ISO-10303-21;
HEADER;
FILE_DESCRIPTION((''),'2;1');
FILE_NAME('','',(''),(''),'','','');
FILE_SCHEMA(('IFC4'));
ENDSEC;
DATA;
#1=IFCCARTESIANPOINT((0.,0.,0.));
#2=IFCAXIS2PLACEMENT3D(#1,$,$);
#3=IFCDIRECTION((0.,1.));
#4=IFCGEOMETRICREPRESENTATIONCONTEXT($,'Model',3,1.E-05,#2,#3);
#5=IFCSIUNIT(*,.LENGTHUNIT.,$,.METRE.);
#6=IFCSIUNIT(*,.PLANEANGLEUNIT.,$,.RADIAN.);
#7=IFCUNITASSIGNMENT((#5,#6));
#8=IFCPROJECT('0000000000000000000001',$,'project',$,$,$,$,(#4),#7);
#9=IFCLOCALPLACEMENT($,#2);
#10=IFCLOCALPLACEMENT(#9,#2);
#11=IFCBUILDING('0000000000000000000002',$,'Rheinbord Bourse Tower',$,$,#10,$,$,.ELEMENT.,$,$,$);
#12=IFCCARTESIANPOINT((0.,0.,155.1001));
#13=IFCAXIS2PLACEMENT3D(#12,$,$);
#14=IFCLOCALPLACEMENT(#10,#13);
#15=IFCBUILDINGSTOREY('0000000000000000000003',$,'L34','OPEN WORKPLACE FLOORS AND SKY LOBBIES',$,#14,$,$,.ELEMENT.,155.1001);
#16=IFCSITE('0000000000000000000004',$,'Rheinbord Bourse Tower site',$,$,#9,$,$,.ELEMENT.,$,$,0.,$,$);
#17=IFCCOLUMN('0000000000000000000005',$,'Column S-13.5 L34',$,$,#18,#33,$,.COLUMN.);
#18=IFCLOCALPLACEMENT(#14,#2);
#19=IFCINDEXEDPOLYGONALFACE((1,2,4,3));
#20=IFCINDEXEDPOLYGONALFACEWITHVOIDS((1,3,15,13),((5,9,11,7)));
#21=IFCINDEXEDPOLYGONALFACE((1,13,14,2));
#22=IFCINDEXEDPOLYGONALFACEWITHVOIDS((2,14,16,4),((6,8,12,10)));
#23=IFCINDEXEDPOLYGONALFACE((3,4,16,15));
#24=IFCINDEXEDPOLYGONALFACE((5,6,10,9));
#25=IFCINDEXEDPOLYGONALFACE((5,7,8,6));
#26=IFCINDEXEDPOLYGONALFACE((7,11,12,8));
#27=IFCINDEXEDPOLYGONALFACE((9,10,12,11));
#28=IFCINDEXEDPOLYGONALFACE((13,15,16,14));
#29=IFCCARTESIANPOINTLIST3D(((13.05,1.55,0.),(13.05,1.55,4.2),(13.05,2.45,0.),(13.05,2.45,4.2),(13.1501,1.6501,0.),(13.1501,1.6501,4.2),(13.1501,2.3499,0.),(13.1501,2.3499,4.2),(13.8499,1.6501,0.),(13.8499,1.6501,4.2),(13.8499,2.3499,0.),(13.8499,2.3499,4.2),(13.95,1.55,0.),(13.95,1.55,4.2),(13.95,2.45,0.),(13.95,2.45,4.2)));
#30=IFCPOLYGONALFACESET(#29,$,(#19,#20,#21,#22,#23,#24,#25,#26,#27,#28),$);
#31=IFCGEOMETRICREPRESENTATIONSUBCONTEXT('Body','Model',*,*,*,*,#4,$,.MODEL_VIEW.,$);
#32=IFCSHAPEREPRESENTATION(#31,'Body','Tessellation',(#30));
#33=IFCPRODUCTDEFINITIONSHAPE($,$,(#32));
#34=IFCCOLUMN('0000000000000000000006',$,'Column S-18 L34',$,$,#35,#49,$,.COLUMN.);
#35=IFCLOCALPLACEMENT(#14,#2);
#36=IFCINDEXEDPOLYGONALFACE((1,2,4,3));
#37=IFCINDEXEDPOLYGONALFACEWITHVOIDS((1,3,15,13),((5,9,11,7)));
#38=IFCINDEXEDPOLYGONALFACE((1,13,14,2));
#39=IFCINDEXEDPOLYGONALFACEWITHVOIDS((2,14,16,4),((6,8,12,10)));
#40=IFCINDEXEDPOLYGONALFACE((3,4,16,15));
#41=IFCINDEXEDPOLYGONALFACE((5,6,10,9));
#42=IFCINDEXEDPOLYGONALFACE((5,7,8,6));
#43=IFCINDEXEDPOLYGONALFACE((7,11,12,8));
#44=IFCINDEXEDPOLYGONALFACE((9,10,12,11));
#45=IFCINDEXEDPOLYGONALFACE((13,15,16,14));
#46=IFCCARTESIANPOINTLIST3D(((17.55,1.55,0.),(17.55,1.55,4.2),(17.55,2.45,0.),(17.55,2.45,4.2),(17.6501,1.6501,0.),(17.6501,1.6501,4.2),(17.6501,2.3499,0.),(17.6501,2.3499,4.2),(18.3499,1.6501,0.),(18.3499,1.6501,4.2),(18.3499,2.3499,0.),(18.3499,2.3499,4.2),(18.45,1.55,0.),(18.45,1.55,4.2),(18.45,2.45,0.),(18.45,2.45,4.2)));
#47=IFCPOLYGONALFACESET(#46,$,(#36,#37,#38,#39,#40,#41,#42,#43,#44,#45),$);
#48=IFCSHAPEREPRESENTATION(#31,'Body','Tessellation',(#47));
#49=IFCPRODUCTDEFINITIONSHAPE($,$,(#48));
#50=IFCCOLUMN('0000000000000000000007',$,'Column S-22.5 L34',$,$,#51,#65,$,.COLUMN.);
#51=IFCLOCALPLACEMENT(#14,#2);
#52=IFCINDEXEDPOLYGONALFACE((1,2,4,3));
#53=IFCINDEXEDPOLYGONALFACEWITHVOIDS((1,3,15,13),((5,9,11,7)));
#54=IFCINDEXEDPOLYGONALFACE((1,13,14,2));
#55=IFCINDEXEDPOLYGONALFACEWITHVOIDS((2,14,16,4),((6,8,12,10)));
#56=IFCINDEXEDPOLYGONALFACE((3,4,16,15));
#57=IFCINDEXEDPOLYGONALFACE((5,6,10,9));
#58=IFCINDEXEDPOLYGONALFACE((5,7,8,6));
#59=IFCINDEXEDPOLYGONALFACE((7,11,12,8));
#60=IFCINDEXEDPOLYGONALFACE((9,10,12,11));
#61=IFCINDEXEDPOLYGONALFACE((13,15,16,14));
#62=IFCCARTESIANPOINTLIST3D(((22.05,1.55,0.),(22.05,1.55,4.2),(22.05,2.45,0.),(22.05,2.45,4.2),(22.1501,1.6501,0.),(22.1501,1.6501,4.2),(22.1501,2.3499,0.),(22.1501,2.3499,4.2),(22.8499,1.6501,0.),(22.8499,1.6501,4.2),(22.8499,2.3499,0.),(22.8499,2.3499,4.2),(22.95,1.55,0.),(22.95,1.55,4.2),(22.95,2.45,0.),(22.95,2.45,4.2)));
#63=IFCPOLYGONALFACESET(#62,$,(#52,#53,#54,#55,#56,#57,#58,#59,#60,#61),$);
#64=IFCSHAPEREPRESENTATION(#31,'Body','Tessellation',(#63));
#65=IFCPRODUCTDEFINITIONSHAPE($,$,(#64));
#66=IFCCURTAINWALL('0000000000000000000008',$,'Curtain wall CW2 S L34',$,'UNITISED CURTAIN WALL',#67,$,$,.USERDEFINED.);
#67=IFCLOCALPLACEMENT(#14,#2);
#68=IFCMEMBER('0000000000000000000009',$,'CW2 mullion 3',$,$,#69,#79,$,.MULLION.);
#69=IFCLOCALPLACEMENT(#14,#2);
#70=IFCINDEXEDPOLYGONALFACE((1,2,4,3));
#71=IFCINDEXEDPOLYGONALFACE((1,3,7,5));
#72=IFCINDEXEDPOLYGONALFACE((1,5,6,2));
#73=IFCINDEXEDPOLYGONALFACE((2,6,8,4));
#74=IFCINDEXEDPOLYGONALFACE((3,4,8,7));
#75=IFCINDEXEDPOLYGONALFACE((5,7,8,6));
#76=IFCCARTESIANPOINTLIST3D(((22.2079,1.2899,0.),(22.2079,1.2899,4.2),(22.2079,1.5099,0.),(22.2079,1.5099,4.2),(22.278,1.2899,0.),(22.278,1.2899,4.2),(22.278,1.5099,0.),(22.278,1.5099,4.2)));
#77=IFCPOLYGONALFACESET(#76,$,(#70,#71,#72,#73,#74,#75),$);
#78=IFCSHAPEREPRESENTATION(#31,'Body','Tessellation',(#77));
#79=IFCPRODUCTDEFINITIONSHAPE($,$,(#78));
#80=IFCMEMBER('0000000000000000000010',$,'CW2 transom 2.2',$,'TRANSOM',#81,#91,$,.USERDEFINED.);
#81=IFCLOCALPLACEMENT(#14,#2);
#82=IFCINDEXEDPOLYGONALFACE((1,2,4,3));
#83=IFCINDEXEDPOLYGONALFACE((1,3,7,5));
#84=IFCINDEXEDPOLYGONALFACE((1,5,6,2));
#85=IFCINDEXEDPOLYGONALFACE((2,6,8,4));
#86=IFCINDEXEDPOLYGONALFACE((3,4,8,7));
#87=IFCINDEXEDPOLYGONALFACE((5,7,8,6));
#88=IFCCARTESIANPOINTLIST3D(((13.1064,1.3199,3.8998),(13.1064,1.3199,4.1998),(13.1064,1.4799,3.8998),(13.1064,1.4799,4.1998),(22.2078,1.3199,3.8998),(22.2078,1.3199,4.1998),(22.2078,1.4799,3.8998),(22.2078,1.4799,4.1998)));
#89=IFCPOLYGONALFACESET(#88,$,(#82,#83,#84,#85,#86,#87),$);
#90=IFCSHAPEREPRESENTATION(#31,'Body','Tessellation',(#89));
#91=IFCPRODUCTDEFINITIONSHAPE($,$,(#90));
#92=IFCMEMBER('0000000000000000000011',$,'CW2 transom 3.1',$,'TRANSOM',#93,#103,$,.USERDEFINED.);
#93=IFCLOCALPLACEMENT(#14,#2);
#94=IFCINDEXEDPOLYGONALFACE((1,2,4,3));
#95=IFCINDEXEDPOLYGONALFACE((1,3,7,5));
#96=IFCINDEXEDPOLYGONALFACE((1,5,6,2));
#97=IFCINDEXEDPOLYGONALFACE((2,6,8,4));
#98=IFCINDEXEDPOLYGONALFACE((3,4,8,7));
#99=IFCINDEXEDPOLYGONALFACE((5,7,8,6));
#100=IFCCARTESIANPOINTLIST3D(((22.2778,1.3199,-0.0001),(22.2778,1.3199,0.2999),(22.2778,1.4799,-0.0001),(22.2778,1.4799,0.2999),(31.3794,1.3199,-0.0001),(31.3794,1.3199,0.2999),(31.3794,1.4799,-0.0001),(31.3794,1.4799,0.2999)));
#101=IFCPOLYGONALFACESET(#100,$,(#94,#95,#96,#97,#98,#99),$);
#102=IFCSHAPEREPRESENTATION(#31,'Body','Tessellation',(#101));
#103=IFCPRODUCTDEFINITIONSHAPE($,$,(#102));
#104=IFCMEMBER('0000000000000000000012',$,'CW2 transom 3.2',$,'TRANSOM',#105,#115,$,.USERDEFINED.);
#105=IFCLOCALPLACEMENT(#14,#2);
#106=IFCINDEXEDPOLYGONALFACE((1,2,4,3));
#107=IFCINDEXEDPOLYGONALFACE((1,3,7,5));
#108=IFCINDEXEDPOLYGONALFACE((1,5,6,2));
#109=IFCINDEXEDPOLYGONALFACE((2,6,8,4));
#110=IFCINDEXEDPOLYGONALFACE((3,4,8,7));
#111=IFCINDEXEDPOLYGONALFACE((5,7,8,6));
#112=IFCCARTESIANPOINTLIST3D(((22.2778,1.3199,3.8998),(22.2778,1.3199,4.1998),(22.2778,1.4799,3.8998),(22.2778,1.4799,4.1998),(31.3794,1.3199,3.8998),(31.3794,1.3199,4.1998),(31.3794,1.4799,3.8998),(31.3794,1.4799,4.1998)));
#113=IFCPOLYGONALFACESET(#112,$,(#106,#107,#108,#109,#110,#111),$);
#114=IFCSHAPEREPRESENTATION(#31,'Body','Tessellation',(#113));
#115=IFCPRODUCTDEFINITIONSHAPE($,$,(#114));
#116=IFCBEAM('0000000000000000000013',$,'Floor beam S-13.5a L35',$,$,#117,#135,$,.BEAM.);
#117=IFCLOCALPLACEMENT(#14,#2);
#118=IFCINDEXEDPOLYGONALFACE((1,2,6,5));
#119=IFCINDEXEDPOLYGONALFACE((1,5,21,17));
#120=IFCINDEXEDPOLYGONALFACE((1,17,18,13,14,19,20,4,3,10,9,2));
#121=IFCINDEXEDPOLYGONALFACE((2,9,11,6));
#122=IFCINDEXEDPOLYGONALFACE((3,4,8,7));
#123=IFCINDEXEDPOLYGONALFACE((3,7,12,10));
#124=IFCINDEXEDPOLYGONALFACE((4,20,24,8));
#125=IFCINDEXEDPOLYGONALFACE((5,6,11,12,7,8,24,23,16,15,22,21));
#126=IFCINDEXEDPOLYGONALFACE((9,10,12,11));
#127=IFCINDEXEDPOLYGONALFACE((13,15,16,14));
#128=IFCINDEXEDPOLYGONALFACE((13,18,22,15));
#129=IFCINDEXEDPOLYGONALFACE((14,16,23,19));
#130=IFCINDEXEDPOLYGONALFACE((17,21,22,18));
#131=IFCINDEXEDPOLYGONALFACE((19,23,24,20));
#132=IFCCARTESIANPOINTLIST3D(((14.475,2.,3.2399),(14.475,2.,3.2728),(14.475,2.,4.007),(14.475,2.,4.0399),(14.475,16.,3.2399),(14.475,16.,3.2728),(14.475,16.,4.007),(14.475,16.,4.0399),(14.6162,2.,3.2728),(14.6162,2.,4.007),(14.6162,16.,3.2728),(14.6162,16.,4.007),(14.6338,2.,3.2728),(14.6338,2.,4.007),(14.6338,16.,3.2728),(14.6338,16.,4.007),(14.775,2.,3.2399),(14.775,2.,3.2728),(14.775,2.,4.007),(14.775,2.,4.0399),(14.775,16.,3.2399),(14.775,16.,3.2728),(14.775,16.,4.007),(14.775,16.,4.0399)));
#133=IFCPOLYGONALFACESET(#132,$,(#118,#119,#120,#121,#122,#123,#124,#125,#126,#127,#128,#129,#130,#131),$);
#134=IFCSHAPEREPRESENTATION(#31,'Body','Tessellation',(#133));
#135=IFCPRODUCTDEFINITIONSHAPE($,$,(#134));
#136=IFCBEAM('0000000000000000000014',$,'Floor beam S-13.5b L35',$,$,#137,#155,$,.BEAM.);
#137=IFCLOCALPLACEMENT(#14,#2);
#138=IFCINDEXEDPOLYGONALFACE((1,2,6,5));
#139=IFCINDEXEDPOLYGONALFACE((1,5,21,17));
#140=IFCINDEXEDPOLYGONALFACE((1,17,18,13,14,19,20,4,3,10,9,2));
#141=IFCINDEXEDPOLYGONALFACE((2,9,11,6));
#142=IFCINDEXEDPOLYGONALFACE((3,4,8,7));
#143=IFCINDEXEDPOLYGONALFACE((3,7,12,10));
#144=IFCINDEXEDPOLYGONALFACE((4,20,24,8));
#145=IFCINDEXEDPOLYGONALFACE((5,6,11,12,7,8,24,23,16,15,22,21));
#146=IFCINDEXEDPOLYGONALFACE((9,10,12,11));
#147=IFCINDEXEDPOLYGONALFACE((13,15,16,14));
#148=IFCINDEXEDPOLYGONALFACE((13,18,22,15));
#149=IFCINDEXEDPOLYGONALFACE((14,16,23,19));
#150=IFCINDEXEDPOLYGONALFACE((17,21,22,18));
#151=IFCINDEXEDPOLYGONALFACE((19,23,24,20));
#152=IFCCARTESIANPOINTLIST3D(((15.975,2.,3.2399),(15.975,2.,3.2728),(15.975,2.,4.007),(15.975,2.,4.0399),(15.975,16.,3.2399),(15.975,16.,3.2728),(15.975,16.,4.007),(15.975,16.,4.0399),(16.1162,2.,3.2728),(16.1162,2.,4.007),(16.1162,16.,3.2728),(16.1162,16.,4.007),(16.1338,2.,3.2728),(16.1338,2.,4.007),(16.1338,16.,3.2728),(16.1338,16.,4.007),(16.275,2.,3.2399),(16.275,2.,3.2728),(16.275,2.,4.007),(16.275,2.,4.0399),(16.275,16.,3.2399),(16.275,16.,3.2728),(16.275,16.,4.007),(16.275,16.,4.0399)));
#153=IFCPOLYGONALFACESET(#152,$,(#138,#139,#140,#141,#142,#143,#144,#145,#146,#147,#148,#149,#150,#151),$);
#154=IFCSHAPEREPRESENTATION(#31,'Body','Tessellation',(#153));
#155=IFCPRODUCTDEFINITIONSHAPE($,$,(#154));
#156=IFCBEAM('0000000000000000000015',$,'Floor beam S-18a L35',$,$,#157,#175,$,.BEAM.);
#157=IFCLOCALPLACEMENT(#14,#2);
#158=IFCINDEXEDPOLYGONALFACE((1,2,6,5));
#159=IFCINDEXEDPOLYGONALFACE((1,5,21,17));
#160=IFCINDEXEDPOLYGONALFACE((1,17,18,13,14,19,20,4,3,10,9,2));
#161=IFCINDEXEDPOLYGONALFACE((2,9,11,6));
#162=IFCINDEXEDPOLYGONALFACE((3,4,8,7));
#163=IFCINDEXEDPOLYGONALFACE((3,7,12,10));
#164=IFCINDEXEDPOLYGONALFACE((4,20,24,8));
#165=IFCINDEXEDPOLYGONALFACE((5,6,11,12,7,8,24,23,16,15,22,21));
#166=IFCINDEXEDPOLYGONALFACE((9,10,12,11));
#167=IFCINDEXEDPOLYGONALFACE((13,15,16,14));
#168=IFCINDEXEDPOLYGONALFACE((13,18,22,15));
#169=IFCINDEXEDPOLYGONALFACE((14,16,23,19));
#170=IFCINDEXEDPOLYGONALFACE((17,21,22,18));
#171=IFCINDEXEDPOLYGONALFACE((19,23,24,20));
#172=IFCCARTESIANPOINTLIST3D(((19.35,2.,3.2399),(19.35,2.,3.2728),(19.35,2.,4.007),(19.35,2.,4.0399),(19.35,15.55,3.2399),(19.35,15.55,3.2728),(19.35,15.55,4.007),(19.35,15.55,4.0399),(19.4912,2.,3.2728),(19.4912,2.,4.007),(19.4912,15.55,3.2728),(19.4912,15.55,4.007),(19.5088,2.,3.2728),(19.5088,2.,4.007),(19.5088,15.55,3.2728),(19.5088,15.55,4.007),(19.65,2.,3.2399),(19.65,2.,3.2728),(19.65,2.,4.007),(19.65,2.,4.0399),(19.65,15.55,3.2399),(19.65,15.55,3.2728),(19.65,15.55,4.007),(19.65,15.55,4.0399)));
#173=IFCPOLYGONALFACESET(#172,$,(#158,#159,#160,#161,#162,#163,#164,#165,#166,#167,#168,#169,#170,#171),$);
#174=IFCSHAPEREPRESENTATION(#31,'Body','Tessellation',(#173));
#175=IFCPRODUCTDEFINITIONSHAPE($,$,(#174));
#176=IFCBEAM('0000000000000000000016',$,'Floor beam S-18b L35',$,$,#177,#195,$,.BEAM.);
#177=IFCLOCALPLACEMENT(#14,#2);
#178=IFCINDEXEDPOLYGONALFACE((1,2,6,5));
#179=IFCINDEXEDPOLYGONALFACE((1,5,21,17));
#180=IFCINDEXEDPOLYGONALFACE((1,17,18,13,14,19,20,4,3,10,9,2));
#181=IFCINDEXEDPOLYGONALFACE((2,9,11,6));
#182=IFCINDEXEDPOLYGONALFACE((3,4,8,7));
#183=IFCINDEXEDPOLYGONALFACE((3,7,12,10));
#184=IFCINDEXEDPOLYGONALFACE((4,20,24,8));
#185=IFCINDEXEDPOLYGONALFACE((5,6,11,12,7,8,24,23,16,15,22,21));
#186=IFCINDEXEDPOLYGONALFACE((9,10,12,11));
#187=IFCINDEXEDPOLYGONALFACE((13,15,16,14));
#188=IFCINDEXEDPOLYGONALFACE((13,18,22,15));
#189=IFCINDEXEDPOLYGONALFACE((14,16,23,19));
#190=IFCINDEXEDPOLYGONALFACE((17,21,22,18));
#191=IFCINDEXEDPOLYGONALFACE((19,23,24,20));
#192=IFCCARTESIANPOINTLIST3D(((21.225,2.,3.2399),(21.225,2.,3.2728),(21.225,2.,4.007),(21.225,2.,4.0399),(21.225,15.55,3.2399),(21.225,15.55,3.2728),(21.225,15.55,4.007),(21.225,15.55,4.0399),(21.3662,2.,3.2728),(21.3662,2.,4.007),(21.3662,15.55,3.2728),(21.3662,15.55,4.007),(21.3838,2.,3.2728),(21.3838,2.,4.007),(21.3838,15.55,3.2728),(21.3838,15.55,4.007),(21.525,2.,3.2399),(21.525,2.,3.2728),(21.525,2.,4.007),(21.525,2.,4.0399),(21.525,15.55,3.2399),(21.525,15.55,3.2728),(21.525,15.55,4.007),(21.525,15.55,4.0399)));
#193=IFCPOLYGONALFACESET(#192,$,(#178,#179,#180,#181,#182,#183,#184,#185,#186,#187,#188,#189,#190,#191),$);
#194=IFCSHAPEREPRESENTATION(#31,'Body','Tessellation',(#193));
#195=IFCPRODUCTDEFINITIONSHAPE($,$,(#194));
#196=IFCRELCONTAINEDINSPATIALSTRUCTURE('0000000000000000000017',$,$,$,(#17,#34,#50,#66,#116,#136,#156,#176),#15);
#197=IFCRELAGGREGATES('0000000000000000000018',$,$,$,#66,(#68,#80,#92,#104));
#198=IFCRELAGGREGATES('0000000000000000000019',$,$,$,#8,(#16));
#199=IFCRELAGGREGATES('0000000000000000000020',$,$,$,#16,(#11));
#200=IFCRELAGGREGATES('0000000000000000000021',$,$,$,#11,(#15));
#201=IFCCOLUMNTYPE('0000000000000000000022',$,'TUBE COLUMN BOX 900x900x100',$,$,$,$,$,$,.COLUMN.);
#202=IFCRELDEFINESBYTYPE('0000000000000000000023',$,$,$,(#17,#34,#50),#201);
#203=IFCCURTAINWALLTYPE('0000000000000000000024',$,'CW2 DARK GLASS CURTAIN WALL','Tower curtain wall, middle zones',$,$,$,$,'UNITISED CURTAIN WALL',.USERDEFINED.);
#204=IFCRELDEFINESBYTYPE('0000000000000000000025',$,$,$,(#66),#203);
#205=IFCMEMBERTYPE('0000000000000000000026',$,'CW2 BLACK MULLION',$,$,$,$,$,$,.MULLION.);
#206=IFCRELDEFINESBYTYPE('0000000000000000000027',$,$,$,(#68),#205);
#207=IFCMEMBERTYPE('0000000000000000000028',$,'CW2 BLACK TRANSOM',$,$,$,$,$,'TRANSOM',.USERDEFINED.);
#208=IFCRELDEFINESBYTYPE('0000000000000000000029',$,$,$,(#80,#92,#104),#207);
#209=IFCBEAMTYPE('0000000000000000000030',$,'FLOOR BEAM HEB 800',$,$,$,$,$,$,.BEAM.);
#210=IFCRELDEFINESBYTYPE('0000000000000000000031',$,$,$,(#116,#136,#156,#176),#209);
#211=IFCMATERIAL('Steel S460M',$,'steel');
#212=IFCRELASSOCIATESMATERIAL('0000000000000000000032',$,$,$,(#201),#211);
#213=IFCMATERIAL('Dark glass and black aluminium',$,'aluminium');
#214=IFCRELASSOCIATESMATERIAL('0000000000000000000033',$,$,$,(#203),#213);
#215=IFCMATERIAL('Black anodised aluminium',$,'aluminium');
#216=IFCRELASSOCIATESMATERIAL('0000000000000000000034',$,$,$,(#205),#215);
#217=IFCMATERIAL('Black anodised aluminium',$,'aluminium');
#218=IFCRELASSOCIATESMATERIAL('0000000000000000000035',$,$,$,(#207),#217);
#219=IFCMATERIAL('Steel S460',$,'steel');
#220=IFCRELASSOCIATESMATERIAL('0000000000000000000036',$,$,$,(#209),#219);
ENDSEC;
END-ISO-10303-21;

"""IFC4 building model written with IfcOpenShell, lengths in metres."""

from ifc_helpers import new_model, si_unit, direction, frame, origin, origin_2d, place, context, subcontext, project, spatial, rectangle, hollow_rectangle, i_section, extrude, material, material_profile, profile_set, type_object, element, aggregate, save


model = new_model("IFC4")

# Units and contexts
model_context = context("Model", 3, precision=1e-05, world=origin(), true_north=direction((0.0, 1.0)))
body_context = subcontext(model_context, "Body", "Model", "MODEL_VIEW")
ifc_project = project(units=[si_unit("LENGTHUNIT", "METRE"), si_unit("PLANEANGLEUNIT", "RADIAN")], contexts=[model_context])

# Site, building, storey
site_placement = place(None, origin())
site = spatial("IfcSite", under=ifc_project, at=site_placement, Name="Rheinbord Bourse Tower site", CompositionType="ELEMENT", RefElevation=0.0)
building_placement = place(site_placement, origin())
building = spatial("IfcBuilding", under=site, at=building_placement, Name="Rheinbord Bourse Tower", CompositionType="ELEMENT")
storey_placement = place(building_placement, frame((0.0, 0.0, 155.1001)))
storey = spatial("IfcBuildingStorey", under=building, at=storey_placement, Name="L34", Description="OPEN WORKPLACE FLOORS AND SKY LOBBIES", CompositionType="ELEMENT", Elevation=155.1001)

# Columns
ifc_material_1 = material(Name="Steel S460M", Category="steel")
ifc_material_profile_1 = material_profile(ifc_material_1, hollow_rectangle(XDim=0.8999, YDim=0.8999, WallThickness=0.1001, at=origin_2d()), Name="BOX 900x900x100")
ifc_profile_set_1 = profile_set([ifc_material_profile_1], Name="Steel S460M")
column_type = type_object("IfcColumnType", Name="TUBE COLUMN BOX 900x900x100", PredefinedType="COLUMN", material=ifc_profile_set_1)
for number, where, z_axis, x_axis, name in (
    (1, (13.5, 2.0, 0.0), (0.0, 0.0, 1.0), (0.0, 1.0, 0.0), "Column S-13.5 L34"),
    (2, (18.0, 2.0, 0.0), (0.0, 0.0, 1.0), (0.0, 1.0, 0.0), "Column S-18 L34"),
    (3, (22.5, 2.0, 0.0), (0.0, 0.0, 1.0), (0.0, 1.0, 0.0), "Column S-22.5 L34"),
):
    element("IfcColumn", number, at=place(storey_placement, frame(where, z_axis=z_axis, x_axis=x_axis)), inside=storey, type_object=column_type, Name=name, PredefinedType="COLUMN", context=body_context, shape_type="SweptSolid", body=[
        extrude(hollow_rectangle(XDim=0.8999, YDim=0.8999, WallThickness=0.1001, at=origin_2d()), origin(), (0.0, 0.0, 1.0), 4.2),
    ])

# Curtain wall, members
ifc_material_2 = material(Name="Dark glass and black aluminium", Category="aluminium")
curtain_wall_type = type_object("IfcCurtainWallType", Name="CW2 DARK GLASS CURTAIN WALL", Description="Tower curtain wall, middle zones", ElementType="UNITISED CURTAIN WALL", PredefinedType="USERDEFINED", material=ifc_material_2)
curtain_wall_placement = place(storey_placement, origin())
curtain_wall = element("IfcCurtainWall", 4, at=curtain_wall_placement, inside=storey, type_object=curtain_wall_type, Name="Curtain wall CW2 S L34", ObjectType="UNITISED CURTAIN WALL", PredefinedType="USERDEFINED")
ifc_material_3 = material(Name="Black anodised aluminium", Category="aluminium")
ifc_material_profile_2 = material_profile(ifc_material_3, rectangle(XDim=0.22, YDim=0.0701, at=origin_2d()), Name="CW2 MULLION 70x220")
ifc_profile_set_2 = profile_set([ifc_material_profile_2], Name="Black anodised aluminium")
member_type_1 = type_object("IfcMemberType", Name="CW2 BLACK MULLION", PredefinedType="MULLION", material=ifc_profile_set_2)
member_1_placement = place(storey_placement, frame((22.2429, 1.3999, 0.0), z_axis=(0.0, 0.0, 1.0), x_axis=(0.0, 1.0, 0.0)))
member_1 = element("IfcMember", 5, at=member_1_placement, type_object=member_type_1, Name="CW2 mullion 3", PredefinedType="MULLION", context=body_context, shape_type="SweptSolid", body=[
    extrude(rectangle(XDim=0.22, YDim=0.0701, at=origin_2d()), origin(), (0.0, 0.0, 1.0), 4.2),
])
ifc_material_4 = material(Name="Black anodised aluminium", Category="aluminium")
ifc_material_profile_3 = material_profile(ifc_material_4, rectangle(XDim=0.1599, YDim=0.3, at=origin_2d()), Name="CW2 TRANSOM 300x160")
ifc_profile_set_3 = profile_set([ifc_material_profile_3], Name="Black anodised aluminium")
member_type_2 = type_object("IfcMemberType", Name="CW2 BLACK TRANSOM", ElementType="TRANSOM", PredefinedType="USERDEFINED", material=ifc_profile_set_3)
member_2_placement = place(storey_placement, frame((13.1064, 1.3999, 4.0498), z_axis=(1.0, 0.0, 0.0), x_axis=(0.0, 1.0, 0.0)))
member_2 = element("IfcMember", 6, at=member_2_placement, type_object=member_type_2, Name="CW2 transom 2.2", ObjectType="TRANSOM", PredefinedType="USERDEFINED", context=body_context, shape_type="SweptSolid", body=[
    extrude(rectangle(XDim=0.1599, YDim=0.3, at=origin_2d()), origin(), (0.0, 0.0, 1.0), 9.1013),
])
member_3_placement = place(storey_placement, frame((22.2778, 1.3999, 0.1499), z_axis=(1.0, 0.0, 0.0), x_axis=(0.0, 1.0, 0.0)))
member_3 = element("IfcMember", 7, at=member_3_placement, type_object=member_type_2, Name="CW2 transom 3.1", ObjectType="TRANSOM", PredefinedType="USERDEFINED", context=body_context, shape_type="SweptSolid", body=[
    extrude(rectangle(XDim=0.1599, YDim=0.3, at=origin_2d()), origin(), (0.0, 0.0, 1.0), 9.1016),
])
member_4_placement = place(storey_placement, frame((22.2778, 1.3999, 4.0498), z_axis=(1.0, 0.0, 0.0), x_axis=(0.0, 1.0, 0.0)))
member_4 = element("IfcMember", 8, at=member_4_placement, type_object=member_type_2, Name="CW2 transom 3.2", ObjectType="TRANSOM", PredefinedType="USERDEFINED", context=body_context, shape_type="SweptSolid", body=[
    extrude(rectangle(XDim=0.1599, YDim=0.3, at=origin_2d()), origin(), (0.0, 0.0, 1.0), 9.1016),
])

# Beams
ifc_material_5 = material(Name="Steel S460", Category="steel")
ifc_material_profile_4 = material_profile(ifc_material_5, i_section(OverallWidth=0.3, OverallDepth=0.8, WebThickness=0.0176, FlangeThickness=0.033, at=origin_2d()), Name="HEB 800")
ifc_profile_set_4 = profile_set([ifc_material_profile_4], Name="Steel S460")
beam_type_1 = type_object("IfcBeamType", Name="FLOOR BEAM HEB 800", PredefinedType="BEAM", material=ifc_profile_set_4)
for number, where, z_axis, x_axis, name in (
    (9, (14.625, 2.0, 3.6399), (0.0, 1.0, 0.0), (-1.0, 0.0, 0.0), "Floor beam S-13.5a L35"),
    (10, (16.125, 2.0, 3.6399), (0.0, 1.0, 0.0), (-1.0, 0.0, 0.0), "Floor beam S-13.5b L35"),
):
    element("IfcBeam", number, at=place(storey_placement, frame(where, z_axis=z_axis, x_axis=x_axis)), inside=storey, type_object=beam_type_1, Name=name, PredefinedType="BEAM", context=body_context, shape_type="SweptSolid", body=[
        extrude(i_section(OverallWidth=0.3, OverallDepth=0.8, WebThickness=0.0176, FlangeThickness=0.033, at=origin_2d()), origin(), (0.0, 0.0, 1.0), 14.0),
    ])
for number, where, z_axis, x_axis, name in (
    (11, (19.5, 2.0, 3.6399), (0.0, 1.0, 0.0), (-1.0, 0.0, 0.0), "Floor beam S-18a L35"),
    (12, (21.375, 2.0, 3.6399), (0.0, 1.0, 0.0), (-1.0, 0.0, 0.0), "Floor beam S-18b L35"),
):
    element("IfcBeam", number, at=place(storey_placement, frame(where, z_axis=z_axis, x_axis=x_axis)), inside=storey, type_object=beam_type_1, Name=name, PredefinedType="BEAM", context=body_context, shape_type="SweptSolid", body=[
        extrude(i_section(OverallWidth=0.3, OverallDepth=0.8, WebThickness=0.0176, FlangeThickness=0.033, at=origin_2d()), origin(), (0.0, 0.0, 1.0), 13.55),
    ])

aggregate(curtain_wall, [member_1, member_2, member_3, member_4])

save(model, "model.ifc")
